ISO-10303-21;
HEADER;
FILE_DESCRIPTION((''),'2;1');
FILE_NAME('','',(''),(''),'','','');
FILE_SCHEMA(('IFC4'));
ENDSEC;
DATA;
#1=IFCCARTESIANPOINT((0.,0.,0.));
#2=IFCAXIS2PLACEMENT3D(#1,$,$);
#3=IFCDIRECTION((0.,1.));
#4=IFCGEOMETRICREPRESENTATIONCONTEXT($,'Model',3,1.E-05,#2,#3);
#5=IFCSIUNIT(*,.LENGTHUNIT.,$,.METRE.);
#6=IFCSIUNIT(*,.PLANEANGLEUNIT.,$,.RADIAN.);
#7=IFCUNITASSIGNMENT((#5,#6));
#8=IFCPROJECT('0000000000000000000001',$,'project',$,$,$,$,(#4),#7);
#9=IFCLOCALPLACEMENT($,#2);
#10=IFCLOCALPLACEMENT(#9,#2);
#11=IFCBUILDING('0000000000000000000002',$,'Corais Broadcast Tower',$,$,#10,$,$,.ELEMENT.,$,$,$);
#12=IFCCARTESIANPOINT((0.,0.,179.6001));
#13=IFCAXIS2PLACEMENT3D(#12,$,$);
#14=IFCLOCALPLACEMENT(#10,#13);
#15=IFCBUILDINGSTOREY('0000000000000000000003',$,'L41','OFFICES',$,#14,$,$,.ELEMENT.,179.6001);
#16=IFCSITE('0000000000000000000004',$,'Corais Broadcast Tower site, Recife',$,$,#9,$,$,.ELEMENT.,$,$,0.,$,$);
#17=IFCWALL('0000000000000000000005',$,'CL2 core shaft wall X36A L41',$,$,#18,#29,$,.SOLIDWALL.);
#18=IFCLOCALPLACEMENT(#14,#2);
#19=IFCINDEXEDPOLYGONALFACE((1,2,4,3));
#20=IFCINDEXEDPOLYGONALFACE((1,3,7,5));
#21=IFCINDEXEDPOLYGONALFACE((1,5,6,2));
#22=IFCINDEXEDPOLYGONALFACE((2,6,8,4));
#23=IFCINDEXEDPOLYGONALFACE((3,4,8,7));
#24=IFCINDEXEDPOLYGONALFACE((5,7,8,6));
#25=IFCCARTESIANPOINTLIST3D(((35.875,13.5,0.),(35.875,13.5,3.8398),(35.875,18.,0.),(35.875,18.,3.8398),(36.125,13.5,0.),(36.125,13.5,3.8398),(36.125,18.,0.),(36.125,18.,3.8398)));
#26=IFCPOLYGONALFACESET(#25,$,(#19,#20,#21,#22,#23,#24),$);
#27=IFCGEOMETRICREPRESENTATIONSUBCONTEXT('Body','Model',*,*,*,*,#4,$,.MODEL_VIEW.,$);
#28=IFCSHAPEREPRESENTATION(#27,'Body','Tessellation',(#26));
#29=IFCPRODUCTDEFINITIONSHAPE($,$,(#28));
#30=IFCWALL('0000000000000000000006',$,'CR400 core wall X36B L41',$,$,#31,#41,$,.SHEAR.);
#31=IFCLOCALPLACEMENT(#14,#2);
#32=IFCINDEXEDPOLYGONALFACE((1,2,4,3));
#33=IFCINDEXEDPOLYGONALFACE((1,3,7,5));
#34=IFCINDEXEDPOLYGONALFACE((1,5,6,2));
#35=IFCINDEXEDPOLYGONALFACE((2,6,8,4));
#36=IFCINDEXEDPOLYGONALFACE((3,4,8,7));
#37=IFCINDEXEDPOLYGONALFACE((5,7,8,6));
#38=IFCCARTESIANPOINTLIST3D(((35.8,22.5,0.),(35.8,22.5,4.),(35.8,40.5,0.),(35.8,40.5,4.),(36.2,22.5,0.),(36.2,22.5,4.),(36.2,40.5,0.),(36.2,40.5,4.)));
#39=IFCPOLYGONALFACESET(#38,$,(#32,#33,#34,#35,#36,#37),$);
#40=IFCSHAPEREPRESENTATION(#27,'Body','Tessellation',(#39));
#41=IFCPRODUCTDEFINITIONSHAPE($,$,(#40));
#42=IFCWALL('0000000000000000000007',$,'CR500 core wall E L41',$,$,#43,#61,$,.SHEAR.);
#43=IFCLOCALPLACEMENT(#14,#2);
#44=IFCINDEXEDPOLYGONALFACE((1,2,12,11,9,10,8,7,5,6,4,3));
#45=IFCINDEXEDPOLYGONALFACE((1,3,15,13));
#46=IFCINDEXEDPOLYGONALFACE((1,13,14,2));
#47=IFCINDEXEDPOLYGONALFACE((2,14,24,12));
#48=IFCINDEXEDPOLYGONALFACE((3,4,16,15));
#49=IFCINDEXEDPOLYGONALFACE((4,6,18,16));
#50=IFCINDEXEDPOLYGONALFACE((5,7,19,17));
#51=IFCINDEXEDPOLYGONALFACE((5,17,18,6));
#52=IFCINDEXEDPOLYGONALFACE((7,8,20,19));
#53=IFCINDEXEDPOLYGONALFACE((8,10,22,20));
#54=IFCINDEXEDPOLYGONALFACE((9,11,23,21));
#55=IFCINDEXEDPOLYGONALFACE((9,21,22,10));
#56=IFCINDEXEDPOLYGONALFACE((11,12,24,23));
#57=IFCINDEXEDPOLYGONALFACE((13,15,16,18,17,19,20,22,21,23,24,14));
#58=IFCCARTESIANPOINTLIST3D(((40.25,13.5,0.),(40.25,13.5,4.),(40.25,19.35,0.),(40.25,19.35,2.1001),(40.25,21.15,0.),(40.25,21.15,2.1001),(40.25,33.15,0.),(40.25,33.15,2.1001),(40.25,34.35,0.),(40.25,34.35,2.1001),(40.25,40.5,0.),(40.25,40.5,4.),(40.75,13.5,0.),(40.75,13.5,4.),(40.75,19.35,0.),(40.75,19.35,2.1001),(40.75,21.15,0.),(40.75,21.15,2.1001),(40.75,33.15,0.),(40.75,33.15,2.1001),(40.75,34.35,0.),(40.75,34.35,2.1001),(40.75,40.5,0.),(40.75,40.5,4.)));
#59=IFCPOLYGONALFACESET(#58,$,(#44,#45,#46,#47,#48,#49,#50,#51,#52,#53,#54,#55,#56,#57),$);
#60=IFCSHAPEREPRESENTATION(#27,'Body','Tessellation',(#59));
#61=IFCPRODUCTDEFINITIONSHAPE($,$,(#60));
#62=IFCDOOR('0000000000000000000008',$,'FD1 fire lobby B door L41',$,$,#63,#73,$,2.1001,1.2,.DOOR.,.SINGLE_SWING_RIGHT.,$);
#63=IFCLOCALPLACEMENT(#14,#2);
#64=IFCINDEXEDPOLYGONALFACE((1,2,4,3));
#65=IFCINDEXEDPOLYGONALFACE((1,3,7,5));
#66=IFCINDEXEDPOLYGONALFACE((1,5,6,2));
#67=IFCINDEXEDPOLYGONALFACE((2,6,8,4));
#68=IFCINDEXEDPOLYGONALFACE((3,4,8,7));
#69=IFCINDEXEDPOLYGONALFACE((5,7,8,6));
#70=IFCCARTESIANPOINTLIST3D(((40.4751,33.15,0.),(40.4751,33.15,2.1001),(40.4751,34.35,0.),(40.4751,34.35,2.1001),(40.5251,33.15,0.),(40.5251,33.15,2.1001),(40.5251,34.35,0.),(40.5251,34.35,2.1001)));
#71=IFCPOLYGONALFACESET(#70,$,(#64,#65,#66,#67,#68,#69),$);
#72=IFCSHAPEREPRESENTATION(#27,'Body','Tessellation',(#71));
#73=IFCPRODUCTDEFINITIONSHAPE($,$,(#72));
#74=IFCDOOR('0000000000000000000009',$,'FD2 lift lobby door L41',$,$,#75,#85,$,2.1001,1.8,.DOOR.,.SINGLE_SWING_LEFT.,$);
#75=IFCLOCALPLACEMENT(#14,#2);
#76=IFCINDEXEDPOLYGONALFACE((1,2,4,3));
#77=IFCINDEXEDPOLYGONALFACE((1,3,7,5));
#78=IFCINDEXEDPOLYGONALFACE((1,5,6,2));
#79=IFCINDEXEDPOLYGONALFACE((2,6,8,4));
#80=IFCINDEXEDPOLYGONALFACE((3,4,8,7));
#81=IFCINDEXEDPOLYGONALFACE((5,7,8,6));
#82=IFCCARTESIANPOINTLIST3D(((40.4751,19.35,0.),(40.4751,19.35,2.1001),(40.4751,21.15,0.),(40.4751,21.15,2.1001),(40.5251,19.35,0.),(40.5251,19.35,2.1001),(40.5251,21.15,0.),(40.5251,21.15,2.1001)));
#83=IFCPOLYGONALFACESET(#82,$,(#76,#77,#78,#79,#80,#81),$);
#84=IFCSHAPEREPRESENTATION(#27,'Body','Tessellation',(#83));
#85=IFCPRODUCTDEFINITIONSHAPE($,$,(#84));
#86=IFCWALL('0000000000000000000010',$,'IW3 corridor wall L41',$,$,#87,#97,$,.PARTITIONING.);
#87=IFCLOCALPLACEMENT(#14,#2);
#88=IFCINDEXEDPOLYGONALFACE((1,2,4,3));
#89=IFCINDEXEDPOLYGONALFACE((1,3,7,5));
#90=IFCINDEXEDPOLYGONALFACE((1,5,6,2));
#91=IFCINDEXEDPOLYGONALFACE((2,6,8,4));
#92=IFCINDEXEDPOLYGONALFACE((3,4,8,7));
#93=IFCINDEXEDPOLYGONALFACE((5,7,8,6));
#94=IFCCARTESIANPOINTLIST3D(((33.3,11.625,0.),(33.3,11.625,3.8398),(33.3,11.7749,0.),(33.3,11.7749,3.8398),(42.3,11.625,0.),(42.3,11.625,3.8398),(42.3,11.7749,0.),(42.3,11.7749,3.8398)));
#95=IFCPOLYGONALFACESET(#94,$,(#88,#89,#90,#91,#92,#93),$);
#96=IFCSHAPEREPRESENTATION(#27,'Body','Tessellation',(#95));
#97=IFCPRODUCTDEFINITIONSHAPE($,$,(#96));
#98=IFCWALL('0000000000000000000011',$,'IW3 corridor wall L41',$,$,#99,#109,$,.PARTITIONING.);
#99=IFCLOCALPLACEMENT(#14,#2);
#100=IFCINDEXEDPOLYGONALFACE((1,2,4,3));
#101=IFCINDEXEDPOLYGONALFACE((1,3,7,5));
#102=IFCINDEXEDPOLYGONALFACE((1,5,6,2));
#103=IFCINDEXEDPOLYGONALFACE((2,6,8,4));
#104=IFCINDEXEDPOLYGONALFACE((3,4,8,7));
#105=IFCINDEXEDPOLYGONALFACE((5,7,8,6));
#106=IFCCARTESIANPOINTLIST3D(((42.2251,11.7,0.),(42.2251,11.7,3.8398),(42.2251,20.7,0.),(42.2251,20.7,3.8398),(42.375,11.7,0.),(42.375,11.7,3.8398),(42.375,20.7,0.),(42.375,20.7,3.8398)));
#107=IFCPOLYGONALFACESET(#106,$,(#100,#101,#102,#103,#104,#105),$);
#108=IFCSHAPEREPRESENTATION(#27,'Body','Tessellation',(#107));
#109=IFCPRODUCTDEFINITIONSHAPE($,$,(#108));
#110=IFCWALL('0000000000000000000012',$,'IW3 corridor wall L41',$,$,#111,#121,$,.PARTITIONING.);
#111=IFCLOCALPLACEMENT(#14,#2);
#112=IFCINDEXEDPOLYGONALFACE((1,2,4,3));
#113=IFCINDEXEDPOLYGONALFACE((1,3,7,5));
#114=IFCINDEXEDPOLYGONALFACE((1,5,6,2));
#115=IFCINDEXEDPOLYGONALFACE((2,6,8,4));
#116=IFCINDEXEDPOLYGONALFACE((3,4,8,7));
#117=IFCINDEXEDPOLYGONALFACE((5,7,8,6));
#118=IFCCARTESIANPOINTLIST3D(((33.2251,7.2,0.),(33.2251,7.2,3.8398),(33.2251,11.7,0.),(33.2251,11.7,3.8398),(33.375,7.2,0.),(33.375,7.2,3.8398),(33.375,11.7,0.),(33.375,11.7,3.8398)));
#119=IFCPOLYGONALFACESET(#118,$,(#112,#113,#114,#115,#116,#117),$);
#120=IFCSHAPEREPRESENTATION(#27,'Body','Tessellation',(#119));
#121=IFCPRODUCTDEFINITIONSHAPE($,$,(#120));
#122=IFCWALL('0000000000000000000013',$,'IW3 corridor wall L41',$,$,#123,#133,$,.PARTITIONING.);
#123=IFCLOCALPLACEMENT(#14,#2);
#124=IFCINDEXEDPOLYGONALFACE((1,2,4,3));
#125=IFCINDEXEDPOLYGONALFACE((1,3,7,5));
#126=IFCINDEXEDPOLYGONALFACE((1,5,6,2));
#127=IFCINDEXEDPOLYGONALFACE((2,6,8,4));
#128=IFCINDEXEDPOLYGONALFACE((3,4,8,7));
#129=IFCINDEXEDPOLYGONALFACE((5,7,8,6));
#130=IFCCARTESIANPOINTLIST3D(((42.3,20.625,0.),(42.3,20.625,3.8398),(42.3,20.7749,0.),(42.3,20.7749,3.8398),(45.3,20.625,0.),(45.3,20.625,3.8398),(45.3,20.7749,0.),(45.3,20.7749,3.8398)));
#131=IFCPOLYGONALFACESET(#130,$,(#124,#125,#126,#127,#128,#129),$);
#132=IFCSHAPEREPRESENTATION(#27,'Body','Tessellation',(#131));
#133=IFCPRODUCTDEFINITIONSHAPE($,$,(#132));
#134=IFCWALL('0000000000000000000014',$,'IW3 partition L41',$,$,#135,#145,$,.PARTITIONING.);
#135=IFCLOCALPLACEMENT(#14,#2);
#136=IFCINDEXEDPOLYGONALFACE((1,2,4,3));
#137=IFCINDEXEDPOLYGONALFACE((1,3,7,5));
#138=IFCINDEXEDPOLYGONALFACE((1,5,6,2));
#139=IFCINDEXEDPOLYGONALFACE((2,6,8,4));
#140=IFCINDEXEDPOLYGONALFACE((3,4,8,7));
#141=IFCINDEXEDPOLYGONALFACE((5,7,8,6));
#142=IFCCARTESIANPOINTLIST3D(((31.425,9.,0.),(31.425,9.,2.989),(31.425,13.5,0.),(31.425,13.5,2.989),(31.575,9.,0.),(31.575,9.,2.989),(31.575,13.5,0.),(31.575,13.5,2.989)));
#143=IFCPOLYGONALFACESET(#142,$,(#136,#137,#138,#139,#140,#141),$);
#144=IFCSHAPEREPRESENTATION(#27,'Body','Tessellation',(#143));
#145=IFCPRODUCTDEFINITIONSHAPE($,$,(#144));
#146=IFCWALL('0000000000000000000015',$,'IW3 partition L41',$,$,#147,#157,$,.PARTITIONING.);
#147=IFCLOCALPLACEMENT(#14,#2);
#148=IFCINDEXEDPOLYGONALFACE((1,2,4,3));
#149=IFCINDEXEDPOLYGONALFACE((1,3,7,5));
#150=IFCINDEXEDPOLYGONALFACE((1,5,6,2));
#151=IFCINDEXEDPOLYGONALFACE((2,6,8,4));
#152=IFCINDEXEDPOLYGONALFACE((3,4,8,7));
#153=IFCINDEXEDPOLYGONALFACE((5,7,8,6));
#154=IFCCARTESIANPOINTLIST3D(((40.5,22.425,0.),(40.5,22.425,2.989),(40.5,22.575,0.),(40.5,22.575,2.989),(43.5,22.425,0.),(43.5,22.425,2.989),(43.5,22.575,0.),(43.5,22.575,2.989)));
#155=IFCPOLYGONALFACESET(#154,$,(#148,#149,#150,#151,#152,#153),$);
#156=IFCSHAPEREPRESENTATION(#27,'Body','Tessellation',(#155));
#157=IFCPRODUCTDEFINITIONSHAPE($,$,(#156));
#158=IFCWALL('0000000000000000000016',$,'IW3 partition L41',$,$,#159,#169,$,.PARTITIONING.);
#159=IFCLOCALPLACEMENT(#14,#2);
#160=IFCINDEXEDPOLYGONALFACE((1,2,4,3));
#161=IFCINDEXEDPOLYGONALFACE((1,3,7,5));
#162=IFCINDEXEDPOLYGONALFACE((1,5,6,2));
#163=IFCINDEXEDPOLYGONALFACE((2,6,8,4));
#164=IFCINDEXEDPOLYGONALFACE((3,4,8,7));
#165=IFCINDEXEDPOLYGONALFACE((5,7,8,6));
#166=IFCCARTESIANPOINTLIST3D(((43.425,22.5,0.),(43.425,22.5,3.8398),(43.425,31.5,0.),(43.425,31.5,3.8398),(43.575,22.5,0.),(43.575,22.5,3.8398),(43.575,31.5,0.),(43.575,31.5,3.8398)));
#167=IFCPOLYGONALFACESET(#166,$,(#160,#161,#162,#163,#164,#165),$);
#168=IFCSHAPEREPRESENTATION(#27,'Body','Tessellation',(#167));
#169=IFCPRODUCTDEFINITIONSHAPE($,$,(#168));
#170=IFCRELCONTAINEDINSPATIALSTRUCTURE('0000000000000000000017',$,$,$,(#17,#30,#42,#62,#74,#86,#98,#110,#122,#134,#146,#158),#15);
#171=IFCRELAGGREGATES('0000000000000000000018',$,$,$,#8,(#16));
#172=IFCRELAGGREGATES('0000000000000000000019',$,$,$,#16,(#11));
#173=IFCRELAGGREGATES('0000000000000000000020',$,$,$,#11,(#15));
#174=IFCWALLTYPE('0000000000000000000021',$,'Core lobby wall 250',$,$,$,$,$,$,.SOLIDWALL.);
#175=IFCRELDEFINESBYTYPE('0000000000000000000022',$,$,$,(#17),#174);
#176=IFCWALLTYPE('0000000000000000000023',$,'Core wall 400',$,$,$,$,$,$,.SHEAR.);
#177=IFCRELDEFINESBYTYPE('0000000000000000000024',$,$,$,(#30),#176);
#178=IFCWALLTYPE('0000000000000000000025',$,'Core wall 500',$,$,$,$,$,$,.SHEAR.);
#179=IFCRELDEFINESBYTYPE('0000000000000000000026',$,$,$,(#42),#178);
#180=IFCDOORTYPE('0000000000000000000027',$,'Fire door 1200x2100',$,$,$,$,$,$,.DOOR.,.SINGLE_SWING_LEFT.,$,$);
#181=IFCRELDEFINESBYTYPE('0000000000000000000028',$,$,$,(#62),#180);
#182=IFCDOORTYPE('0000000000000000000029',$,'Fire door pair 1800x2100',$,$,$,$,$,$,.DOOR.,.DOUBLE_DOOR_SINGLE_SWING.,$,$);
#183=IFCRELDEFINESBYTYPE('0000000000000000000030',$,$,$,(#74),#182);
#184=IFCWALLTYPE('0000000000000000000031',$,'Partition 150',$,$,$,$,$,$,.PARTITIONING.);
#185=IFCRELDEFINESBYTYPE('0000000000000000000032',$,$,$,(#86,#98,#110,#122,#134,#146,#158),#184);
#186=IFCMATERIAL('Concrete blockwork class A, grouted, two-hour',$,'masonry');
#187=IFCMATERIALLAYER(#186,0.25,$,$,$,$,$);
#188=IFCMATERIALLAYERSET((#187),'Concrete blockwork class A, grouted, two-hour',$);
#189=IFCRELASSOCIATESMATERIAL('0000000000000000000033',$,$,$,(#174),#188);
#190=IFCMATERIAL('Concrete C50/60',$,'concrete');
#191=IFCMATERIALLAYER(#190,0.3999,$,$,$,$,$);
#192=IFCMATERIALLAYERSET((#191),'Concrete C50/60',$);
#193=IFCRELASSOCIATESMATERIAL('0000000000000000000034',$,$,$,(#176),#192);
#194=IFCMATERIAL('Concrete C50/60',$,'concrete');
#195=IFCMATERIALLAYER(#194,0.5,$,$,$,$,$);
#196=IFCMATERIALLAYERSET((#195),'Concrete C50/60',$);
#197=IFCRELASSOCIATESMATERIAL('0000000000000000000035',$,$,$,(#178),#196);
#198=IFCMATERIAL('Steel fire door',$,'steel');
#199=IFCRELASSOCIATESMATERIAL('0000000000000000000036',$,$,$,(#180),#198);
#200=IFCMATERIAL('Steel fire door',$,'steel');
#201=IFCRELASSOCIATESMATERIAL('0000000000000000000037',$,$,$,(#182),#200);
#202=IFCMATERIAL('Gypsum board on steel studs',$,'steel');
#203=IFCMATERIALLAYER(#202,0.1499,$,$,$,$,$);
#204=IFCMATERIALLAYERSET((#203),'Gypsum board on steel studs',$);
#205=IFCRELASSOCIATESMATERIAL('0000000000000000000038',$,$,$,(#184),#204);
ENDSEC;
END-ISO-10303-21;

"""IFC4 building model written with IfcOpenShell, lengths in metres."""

from ifc_helpers import new_model, si_unit, direction, frame, frame_2d, origin, place, context, subcontext, project, spatial, rectangle, extrude, material, layer, layer_set, type_object, element, fill, save


model = new_model("IFC4")

# Units and contexts
model_context = context("Model", 3, precision=1e-05, world=origin(), true_north=direction((0.0, 1.0)))
body_context = subcontext(model_context, "Body", "Model", "MODEL_VIEW")
ifc_project = project(units=[si_unit("LENGTHUNIT", "METRE"), si_unit("PLANEANGLEUNIT", "RADIAN")], contexts=[model_context])

# Site, building, storey
site_placement = place(None, origin())
site = spatial("IfcSite", under=ifc_project, at=site_placement, Name="Corais Broadcast Tower site, Recife", CompositionType="ELEMENT", RefElevation=0.0)
building_placement = place(site_placement, origin())
building = spatial("IfcBuilding", under=site, at=building_placement, Name="Corais Broadcast Tower", CompositionType="ELEMENT")
storey_placement = place(building_placement, frame((0.0, 0.0, 179.6001)))
storey = spatial("IfcBuildingStorey", under=building, at=storey_placement, Name="L41", Description="OFFICES", CompositionType="ELEMENT", Elevation=179.6001)

# Walls
ifc_material_1 = material(Name="Concrete blockwork class A, grouted, two-hour", Category="masonry")
ifc_layer_1 = layer(ifc_material_1, 0.25)
ifc_layer_set_1 = layer_set([ifc_layer_1], Name="Concrete blockwork class A, grouted, two-hour")
wall_type_1 = type_object("IfcWallType", Name="Core lobby wall 250", PredefinedType="SOLIDWALL", material=ifc_layer_set_1)
wall_1_placement = place(storey_placement, frame((36.0, 13.5, 0.0), z_axis=(0.0, 0.0, 1.0), x_axis=(0.0, 1.0, 0.0)))
element("IfcWall", 1, at=wall_1_placement, inside=storey, type_object=wall_type_1, Name="CL2 core shaft wall X36A L41", PredefinedType="SOLIDWALL", context=body_context, shape_type="SweptSolid", body=[
    extrude(rectangle(XDim=4.5, YDim=0.25, at=frame_2d((2.25, 0.0))), origin(), (0.0, 0.0, 1.0), 3.8398),
])
ifc_material_2 = material(Name="Concrete C50/60", Category="concrete")
ifc_layer_2 = layer(ifc_material_2, 0.3999)
ifc_layer_set_2 = layer_set([ifc_layer_2], Name="Concrete C50/60")
wall_type_2 = type_object("IfcWallType", Name="Core wall 400", PredefinedType="SHEAR", material=ifc_layer_set_2)
wall_2_placement = place(storey_placement, frame((36.0, 22.5, 0.0), z_axis=(0.0, 0.0, 1.0), x_axis=(0.0, 1.0, 0.0)))
element("IfcWall", 2, at=wall_2_placement, inside=storey, type_object=wall_type_2, Name="CR400 core wall X36B L41", PredefinedType="SHEAR", context=body_context, shape_type="SweptSolid", body=[
    extrude(rectangle(XDim=18.0, YDim=0.3999, at=frame_2d((9.0, 0.0))), origin(), (0.0, 0.0, 1.0), 4.0),
])

# Wall, openings, doors
ifc_material_3 = material(Name="Concrete C50/60", Category="concrete")
ifc_layer_3 = layer(ifc_material_3, 0.5)
ifc_layer_set_3 = layer_set([ifc_layer_3], Name="Concrete C50/60")
wall_type_3 = type_object("IfcWallType", Name="Core wall 500", PredefinedType="SHEAR", material=ifc_layer_set_3)
wall_3_placement = place(storey_placement, frame((40.5, 13.5, 0.0), z_axis=(0.0, 0.0, 1.0), x_axis=(0.0, 1.0, 0.0)))
wall_3 = element("IfcWall", 3, at=wall_3_placement, inside=storey, type_object=wall_type_3, Name="CR500 core wall E L41", PredefinedType="SHEAR", context=body_context, shape_type="SweptSolid", body=[
    extrude(rectangle(XDim=27.0, YDim=0.5, at=frame_2d((13.5, 0.0))), origin(), (0.0, 0.0, 1.0), 4.0),
])
opening_1_placement = place(wall_3_placement, frame((5.8501, 0.0, 0.0)))
opening_1 = element("IfcOpeningElement", 4, at=opening_1_placement, cuts=wall_3, PredefinedType="OPENING", context=body_context, shape_type="SweptSolid", body=[
    extrude(rectangle(XDim=1.8, YDim=2.1001, at=frame_2d((0.8999, 1.05))), frame((0.0, 0.26, 0.0), z_axis=(0.0, -1.0, 0.0), x_axis=(1.0, 0.0, 0.0)), (0.0, 0.0, 1.0), 0.52),
])
opening_2_placement = place(wall_3_placement, frame((19.6499, 0.0, 0.0)))
opening_2 = element("IfcOpeningElement", 5, at=opening_2_placement, cuts=wall_3, PredefinedType="OPENING", context=body_context, shape_type="SweptSolid", body=[
    extrude(rectangle(XDim=1.2, YDim=2.1001, at=frame_2d((0.6001, 1.05))), frame((0.0, 0.26, 0.0), z_axis=(0.0, -1.0, 0.0), x_axis=(1.0, 0.0, 0.0)), (0.0, 0.0, 1.0), 0.52),
])
ifc_material_4 = material(Name="Steel fire door", Category="steel")
door_type_1 = type_object("IfcDoorType", Name="Fire door 1200x2100", OperationType="SINGLE_SWING_LEFT", PredefinedType="DOOR", material=ifc_material_4)
door_1_placement = place(opening_2_placement, origin())
door_1 = element("IfcDoor", 6, at=door_1_placement, inside=storey, type_object=door_type_1, Name="FD1 fire lobby B door L41", OperationType="SINGLE_SWING_RIGHT", OverallHeight=2.1001, OverallWidth=1.2, PredefinedType="DOOR", context=body_context, shape_type="SweptSolid", body=[
    extrude(rectangle(XDim=1.2, YDim=2.1001, at=frame_2d((0.6001, 1.05))), frame((0.0, 0.0249, 0.0), z_axis=(0.0, -1.0, 0.0), x_axis=(1.0, 0.0, 0.0)), (0.0, 0.0, 1.0), 0.05),
])
fill(opening_2, door_1)
ifc_material_5 = material(Name="Steel fire door", Category="steel")
door_type_2 = type_object("IfcDoorType", Name="Fire door pair 1800x2100", OperationType="DOUBLE_DOOR_SINGLE_SWING", PredefinedType="DOOR", material=ifc_material_5)
door_2_placement = place(opening_1_placement, origin())
door_2 = element("IfcDoor", 7, at=door_2_placement, inside=storey, type_object=door_type_2, Name="FD2 lift lobby door L41", OperationType="SINGLE_SWING_LEFT", OverallHeight=2.1001, OverallWidth=1.8, PredefinedType="DOOR", context=body_context, shape_type="SweptSolid", body=[
    extrude(rectangle(XDim=1.8, YDim=2.1001, at=frame_2d((0.8999, 1.05))), frame((0.0, 0.0249, 0.0), z_axis=(0.0, -1.0, 0.0), x_axis=(1.0, 0.0, 0.0)), (0.0, 0.0, 1.0), 0.05),
])
fill(opening_1, door_2)

# Walls
ifc_material_6 = material(Name="Gypsum board on steel studs", Category="steel")
ifc_layer_4 = layer(ifc_material_6, 0.1499)
ifc_layer_set_4 = layer_set([ifc_layer_4], Name="Gypsum board on steel studs")
wall_type_4 = type_object("IfcWallType", Name="Partition 150", PredefinedType="PARTITIONING", material=ifc_layer_set_4)
for number, where, z_axis, x_axis, name in (
    (8, (33.3, 11.7, 0.0), (0.0, 0.0, 1.0), (1.0, 0.0, 0.0), "IW3 corridor wall L41"),
    (9, (42.3, 11.7, 0.0), (0.0, 0.0, 1.0), (0.0, 1.0, 0.0), "IW3 corridor wall L41"),
):
    element("IfcWall", number, at=place(storey_placement, frame(where, z_axis=z_axis, x_axis=x_axis)), inside=storey, type_object=wall_type_4, Name=name, PredefinedType="PARTITIONING", context=body_context, shape_type="SweptSolid", body=[
        extrude(rectangle(XDim=9.0, YDim=0.1499, at=frame_2d((4.5, 0.0))), origin(), (0.0, 0.0, 1.0), 3.8398),
    ])
wall_4_placement = place(storey_placement, frame((33.3, 7.2, 0.0), z_axis=(0.0, 0.0, 1.0), x_axis=(0.0, 1.0, 0.0)))
element("IfcWall", 10, at=wall_4_placement, inside=storey, type_object=wall_type_4, Name="IW3 corridor wall L41", PredefinedType="PARTITIONING", context=body_context, shape_type="SweptSolid", body=[
    extrude(rectangle(XDim=4.5, YDim=0.1499, at=frame_2d((2.25, 0.0))), origin(), (0.0, 0.0, 1.0), 3.8398),
])
wall_5_placement = place(storey_placement, frame((42.3, 20.7, 0.0), z_axis=(0.0, 0.0, 1.0), x_axis=(1.0, 0.0, 0.0)))
element("IfcWall", 11, at=wall_5_placement, inside=storey, type_object=wall_type_4, Name="IW3 corridor wall L41", PredefinedType="PARTITIONING", context=body_context, shape_type="SweptSolid", body=[
    extrude(rectangle(XDim=3.0, YDim=0.1499, at=frame_2d((1.5, 0.0))), origin(), (0.0, 0.0, 1.0), 3.8398),
])
wall_6_placement = place(storey_placement, frame((31.5, 9.0, 0.0), z_axis=(0.0, 0.0, 1.0), x_axis=(0.0, 1.0, 0.0)))
element("IfcWall", 12, at=wall_6_placement, inside=storey, type_object=wall_type_4, Name="IW3 partition L41", PredefinedType="PARTITIONING", context=body_context, shape_type="SweptSolid", body=[
    extrude(rectangle(XDim=4.5, YDim=0.1499, at=frame_2d((2.25, 0.0))), origin(), (0.0, 0.0, 1.0), 2.989),
])
wall_7_placement = place(storey_placement, frame((40.5, 22.5, 0.0), z_axis=(0.0, 0.0, 1.0), x_axis=(1.0, 0.0, 0.0)))
element("IfcWall", 13, at=wall_7_placement, inside=storey, type_object=wall_type_4, Name="IW3 partition L41", PredefinedType="PARTITIONING", context=body_context, shape_type="SweptSolid", body=[
    extrude(rectangle(XDim=3.0, YDim=0.1499, at=frame_2d((1.5, 0.0))), origin(), (0.0, 0.0, 1.0), 2.989),
])
wall_8_placement = place(storey_placement, frame((43.5, 22.5, 0.0), z_axis=(0.0, 0.0, 1.0), x_axis=(0.0, 1.0, 0.0)))
element("IfcWall", 14, at=wall_8_placement, inside=storey, type_object=wall_type_4, Name="IW3 partition L41", PredefinedType="PARTITIONING", context=body_context, shape_type="SweptSolid", body=[
    extrude(rectangle(XDim=9.0, YDim=0.1499, at=frame_2d((4.5, 0.0))), origin(), (0.0, 0.0, 1.0), 3.8398),
])

save(model, "model.ifc")
